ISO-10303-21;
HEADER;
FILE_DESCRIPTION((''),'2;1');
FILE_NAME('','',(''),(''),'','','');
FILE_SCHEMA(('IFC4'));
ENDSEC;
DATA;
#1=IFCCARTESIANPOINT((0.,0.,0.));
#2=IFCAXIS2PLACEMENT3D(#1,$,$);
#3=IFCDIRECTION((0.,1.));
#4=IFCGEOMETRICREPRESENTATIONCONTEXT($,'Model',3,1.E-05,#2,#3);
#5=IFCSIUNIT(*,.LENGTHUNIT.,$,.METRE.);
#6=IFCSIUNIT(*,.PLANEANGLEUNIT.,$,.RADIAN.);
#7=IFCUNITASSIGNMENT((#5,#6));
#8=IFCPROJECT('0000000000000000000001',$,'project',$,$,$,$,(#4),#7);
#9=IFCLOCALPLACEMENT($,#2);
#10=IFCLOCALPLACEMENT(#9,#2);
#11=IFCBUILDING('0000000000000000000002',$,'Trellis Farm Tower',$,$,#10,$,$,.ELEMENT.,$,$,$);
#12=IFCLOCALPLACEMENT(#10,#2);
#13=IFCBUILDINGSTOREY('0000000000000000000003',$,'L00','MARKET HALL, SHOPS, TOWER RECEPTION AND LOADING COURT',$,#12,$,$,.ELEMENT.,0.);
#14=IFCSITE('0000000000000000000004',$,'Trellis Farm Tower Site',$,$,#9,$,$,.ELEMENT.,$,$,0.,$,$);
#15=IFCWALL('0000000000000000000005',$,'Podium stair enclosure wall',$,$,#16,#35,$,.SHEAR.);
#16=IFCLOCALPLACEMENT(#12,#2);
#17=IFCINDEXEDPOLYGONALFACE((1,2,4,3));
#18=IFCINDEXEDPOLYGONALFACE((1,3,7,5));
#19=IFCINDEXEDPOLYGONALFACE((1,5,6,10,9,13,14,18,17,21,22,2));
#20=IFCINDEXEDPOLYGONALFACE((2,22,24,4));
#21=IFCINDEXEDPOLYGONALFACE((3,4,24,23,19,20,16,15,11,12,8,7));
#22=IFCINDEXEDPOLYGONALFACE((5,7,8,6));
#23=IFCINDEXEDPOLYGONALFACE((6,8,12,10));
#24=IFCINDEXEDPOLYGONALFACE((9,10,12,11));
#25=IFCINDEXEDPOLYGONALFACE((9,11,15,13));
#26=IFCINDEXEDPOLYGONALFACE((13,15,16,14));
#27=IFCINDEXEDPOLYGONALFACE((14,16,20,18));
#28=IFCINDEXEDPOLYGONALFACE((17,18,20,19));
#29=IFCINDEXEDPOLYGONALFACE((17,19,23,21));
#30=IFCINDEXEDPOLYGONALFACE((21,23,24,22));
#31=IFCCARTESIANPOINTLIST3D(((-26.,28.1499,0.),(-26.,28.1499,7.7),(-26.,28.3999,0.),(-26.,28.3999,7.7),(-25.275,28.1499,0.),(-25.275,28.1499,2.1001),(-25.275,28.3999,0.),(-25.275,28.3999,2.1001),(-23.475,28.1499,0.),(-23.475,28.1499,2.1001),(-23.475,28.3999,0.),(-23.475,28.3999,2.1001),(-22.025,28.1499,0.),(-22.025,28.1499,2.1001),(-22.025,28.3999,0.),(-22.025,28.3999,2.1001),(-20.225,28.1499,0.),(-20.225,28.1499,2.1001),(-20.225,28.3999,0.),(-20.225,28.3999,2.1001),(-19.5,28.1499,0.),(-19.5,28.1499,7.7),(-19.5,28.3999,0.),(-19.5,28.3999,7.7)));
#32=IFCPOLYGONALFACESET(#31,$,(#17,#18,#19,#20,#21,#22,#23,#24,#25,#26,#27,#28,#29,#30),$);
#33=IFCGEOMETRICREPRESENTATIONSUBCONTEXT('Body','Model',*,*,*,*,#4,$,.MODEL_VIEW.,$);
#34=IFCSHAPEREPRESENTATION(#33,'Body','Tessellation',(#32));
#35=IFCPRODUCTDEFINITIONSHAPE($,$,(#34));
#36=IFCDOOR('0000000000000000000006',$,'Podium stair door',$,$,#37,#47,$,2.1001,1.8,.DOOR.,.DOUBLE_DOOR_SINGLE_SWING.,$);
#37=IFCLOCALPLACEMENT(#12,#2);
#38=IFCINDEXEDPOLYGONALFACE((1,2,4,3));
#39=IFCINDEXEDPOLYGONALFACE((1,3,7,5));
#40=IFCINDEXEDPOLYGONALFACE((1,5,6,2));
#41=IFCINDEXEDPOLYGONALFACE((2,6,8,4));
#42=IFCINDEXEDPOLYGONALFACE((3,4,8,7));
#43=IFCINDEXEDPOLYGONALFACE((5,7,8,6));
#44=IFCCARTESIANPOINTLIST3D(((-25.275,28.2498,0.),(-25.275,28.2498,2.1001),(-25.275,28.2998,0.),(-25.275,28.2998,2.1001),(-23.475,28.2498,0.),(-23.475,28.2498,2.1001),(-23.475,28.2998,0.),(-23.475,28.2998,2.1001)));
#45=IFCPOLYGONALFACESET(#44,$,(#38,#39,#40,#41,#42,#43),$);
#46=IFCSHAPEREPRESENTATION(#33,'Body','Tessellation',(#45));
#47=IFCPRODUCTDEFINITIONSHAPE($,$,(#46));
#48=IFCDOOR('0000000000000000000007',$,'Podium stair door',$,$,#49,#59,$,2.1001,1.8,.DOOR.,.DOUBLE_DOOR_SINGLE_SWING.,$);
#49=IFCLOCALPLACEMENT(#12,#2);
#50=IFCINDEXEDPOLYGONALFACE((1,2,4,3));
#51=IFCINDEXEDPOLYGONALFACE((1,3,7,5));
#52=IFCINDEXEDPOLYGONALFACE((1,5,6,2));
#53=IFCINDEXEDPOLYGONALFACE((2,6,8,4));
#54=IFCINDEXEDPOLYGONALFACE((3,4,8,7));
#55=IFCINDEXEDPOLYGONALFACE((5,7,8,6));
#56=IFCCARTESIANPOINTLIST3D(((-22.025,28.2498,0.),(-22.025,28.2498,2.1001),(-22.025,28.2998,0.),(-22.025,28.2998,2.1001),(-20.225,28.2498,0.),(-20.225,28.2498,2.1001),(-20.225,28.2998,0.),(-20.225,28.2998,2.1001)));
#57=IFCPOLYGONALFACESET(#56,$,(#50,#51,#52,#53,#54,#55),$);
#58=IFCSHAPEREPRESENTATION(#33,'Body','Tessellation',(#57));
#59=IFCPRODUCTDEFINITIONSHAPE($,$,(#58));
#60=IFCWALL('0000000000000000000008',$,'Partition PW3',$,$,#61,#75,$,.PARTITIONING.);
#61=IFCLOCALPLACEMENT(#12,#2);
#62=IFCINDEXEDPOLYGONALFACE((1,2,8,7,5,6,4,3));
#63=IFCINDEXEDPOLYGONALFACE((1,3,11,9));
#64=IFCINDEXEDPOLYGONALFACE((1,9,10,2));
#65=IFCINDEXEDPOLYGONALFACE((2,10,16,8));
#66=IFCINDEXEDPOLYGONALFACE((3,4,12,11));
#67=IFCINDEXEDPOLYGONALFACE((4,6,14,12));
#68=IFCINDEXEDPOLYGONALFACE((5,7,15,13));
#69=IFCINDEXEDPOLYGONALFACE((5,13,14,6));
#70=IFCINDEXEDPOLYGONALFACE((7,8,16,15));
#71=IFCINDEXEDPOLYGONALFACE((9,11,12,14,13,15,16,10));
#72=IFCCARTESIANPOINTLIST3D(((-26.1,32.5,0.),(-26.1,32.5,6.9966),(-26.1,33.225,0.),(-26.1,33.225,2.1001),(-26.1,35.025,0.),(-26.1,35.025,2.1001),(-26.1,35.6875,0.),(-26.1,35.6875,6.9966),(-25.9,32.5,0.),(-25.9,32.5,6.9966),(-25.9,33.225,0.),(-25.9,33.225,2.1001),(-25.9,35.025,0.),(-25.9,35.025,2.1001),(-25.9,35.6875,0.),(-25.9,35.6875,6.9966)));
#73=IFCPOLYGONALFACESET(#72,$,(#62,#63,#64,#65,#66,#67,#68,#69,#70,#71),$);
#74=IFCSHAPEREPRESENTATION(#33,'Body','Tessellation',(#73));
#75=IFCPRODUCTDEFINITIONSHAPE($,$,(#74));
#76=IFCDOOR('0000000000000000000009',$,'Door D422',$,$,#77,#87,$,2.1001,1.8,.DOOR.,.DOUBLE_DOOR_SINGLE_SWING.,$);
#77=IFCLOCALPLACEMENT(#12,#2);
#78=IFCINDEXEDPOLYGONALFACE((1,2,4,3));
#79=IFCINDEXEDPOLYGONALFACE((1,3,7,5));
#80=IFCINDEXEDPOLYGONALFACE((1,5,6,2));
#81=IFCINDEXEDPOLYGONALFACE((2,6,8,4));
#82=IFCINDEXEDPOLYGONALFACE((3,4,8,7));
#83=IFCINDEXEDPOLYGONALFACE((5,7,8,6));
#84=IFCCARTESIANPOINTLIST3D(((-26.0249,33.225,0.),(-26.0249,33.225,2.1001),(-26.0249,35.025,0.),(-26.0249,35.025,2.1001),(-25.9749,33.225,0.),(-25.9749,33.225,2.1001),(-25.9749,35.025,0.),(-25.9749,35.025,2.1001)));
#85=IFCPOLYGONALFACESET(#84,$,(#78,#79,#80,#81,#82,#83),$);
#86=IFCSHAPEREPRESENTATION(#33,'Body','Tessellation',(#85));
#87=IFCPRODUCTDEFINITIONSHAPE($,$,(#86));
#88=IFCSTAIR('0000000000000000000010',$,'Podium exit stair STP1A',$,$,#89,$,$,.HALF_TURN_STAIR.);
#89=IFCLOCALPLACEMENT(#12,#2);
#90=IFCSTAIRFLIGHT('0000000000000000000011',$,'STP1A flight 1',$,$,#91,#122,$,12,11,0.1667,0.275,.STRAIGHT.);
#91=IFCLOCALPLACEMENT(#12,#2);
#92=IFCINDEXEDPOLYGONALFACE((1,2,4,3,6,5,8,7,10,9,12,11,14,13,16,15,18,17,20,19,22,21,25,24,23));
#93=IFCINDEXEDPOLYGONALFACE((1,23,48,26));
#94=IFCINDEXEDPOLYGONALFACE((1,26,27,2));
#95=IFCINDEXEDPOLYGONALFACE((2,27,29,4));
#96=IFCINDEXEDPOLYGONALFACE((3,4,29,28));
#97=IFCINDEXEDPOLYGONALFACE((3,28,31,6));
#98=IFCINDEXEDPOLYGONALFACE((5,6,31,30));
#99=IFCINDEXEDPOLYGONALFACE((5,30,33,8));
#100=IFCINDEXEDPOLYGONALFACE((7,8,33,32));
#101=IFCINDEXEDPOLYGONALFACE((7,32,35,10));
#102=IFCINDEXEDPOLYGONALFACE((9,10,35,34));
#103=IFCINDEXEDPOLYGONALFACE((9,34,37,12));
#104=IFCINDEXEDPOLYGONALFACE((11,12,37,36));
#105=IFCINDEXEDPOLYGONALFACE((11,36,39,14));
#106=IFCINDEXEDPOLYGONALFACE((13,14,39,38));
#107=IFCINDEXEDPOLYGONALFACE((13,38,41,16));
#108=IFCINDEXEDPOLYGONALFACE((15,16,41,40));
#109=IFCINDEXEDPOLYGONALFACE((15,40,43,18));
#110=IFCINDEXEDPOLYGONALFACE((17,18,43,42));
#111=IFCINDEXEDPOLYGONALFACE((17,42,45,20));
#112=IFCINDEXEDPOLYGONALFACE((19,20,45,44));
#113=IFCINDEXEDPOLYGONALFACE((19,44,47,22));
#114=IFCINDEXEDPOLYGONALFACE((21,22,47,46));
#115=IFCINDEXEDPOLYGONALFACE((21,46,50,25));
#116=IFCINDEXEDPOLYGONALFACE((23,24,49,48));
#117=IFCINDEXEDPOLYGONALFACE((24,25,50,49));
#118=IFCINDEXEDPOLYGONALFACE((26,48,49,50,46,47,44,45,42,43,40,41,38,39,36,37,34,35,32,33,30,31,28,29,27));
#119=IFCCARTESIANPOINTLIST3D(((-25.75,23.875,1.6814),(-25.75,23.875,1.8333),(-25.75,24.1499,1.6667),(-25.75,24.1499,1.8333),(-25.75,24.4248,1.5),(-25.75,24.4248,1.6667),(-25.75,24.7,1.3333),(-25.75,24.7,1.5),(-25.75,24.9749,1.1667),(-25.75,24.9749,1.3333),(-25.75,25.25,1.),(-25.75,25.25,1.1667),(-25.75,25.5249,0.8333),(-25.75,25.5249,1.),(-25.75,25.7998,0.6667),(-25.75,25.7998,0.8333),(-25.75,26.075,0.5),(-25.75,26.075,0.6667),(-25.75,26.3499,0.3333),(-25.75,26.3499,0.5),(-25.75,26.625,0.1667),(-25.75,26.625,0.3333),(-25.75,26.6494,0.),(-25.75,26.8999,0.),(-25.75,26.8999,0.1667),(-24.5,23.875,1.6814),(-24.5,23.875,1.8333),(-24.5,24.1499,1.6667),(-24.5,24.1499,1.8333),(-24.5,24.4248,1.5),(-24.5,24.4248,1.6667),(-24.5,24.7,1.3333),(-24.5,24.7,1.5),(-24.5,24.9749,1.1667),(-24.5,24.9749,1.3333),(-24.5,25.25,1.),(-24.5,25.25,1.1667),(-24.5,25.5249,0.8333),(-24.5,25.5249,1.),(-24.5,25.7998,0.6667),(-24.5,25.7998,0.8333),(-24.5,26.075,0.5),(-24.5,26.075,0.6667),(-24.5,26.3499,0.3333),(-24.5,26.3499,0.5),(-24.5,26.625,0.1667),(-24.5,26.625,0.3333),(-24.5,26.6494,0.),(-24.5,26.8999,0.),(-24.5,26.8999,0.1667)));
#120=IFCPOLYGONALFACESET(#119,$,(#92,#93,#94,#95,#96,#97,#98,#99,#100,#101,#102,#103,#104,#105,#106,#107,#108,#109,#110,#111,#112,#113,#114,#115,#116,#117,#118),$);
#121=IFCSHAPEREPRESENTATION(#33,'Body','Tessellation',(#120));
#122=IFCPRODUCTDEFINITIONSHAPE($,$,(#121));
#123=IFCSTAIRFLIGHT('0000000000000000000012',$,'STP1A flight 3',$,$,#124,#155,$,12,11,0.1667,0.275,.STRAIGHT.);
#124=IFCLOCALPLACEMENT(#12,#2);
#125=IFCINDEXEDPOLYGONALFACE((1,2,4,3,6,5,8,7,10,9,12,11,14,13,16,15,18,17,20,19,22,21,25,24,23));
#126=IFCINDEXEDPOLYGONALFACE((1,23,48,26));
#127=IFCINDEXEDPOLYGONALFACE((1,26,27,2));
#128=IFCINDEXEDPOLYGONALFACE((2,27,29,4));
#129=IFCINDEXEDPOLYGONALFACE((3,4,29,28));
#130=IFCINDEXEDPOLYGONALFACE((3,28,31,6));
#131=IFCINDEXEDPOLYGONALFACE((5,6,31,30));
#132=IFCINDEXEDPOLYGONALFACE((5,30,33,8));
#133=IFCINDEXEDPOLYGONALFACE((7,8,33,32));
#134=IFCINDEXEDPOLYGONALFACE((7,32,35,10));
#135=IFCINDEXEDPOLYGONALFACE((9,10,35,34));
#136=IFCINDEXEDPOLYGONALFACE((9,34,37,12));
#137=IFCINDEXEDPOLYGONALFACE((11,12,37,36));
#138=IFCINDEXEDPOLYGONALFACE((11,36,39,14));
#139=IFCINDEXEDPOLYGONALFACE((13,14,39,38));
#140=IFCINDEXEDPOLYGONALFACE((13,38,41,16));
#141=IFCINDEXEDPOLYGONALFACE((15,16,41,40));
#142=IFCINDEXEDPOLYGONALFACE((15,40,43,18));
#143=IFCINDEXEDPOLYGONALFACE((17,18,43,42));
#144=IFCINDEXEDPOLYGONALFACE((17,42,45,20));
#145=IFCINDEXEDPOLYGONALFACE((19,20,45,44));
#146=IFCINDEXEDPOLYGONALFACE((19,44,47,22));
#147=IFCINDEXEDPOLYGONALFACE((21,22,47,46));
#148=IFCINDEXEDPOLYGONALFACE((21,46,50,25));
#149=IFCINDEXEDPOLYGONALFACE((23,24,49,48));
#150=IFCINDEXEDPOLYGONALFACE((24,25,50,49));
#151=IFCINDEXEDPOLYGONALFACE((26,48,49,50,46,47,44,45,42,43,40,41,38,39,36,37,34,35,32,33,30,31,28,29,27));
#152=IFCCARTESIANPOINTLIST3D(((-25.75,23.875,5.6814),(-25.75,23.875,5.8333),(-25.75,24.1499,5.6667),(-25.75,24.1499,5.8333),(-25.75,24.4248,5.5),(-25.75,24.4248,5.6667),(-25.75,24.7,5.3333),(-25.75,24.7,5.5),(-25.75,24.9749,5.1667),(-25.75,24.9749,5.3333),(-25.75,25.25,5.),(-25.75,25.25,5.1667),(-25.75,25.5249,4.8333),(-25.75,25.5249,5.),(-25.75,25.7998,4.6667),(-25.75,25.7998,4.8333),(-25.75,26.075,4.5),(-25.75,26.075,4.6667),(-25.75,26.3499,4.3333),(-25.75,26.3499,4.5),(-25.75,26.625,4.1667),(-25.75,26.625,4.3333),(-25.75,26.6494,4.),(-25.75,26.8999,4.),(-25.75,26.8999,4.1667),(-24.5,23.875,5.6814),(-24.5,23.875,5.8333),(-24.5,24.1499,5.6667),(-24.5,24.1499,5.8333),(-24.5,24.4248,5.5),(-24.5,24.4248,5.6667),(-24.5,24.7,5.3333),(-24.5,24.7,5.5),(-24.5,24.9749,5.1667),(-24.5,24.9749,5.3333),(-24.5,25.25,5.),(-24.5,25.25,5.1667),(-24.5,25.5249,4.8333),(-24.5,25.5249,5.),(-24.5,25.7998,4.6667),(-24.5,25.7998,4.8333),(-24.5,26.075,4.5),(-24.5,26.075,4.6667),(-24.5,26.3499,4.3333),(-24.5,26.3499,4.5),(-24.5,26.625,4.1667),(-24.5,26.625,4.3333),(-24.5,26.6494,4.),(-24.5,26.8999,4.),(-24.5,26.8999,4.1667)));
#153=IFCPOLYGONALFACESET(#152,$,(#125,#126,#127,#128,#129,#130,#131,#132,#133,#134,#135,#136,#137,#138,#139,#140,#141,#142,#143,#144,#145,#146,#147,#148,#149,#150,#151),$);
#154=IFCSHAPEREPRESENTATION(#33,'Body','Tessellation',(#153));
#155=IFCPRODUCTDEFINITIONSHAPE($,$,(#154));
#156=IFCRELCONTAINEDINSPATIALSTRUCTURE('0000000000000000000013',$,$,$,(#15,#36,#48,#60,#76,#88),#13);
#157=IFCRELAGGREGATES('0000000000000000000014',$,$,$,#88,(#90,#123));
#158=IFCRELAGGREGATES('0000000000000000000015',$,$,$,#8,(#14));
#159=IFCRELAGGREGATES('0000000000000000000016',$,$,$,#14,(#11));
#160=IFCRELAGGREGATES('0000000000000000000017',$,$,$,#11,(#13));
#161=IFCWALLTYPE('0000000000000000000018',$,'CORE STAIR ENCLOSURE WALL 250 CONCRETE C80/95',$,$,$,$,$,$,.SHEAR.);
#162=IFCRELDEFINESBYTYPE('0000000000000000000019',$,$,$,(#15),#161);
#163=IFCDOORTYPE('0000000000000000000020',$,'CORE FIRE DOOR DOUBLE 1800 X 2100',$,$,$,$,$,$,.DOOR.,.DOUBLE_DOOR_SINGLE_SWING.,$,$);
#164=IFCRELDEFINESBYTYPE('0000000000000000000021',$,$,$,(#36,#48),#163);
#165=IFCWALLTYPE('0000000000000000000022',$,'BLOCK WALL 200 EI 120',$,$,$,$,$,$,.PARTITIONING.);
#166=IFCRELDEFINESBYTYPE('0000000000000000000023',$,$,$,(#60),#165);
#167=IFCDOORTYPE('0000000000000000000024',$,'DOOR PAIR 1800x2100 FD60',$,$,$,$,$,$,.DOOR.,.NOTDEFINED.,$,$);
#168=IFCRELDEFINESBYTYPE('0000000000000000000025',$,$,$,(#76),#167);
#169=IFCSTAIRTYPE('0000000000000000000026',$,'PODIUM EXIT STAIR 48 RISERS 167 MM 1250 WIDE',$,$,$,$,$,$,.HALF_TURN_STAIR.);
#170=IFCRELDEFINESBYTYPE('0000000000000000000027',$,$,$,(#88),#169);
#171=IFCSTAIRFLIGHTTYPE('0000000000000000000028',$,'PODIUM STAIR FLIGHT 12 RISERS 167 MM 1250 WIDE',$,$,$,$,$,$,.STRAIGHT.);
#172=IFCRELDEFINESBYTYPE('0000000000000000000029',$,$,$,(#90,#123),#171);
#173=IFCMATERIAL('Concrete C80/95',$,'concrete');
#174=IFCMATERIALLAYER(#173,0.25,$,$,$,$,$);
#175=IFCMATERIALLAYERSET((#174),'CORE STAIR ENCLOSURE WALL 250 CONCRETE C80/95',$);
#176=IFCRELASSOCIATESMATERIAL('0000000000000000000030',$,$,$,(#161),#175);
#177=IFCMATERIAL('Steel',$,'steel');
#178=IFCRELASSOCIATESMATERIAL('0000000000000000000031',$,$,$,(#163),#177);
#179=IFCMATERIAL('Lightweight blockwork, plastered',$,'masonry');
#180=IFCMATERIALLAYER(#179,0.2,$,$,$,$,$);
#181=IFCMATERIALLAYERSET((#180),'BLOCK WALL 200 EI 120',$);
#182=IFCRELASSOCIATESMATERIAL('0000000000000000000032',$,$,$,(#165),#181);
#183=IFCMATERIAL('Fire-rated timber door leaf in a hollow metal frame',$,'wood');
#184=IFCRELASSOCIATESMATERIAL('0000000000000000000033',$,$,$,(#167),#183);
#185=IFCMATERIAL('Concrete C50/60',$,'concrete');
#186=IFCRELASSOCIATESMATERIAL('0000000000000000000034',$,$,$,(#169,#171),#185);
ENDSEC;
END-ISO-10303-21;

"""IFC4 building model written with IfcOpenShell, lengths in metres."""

from ifc_helpers import new_model, si_unit, direction, frame, frame_2d, origin, place, context, subcontext, project, spatial, polyline, rectangle, outline, extrude, source, transform, mapped, material, layer, layer_set, type_object, element, fill, aggregate, save


model = new_model("IFC4")

# Units and contexts
model_context = context("Model", 3, precision=1e-05, world=origin(), true_north=direction((0.0, 1.0)))
body_context = subcontext(model_context, "Body", "Model", "MODEL_VIEW")
ifc_project = project(units=[si_unit("LENGTHUNIT", "METRE"), si_unit("PLANEANGLEUNIT", "RADIAN")], contexts=[model_context])

# Site, building, storey
site_placement = place(None, origin())
site = spatial("IfcSite", under=ifc_project, at=site_placement, Name="Trellis Farm Tower Site", CompositionType="ELEMENT", RefElevation=0.0)
building_placement = place(site_placement, origin())
building = spatial("IfcBuilding", under=site, at=building_placement, Name="Trellis Farm Tower", CompositionType="ELEMENT")
storey_placement = place(building_placement, origin())
storey = spatial("IfcBuildingStorey", under=building, at=storey_placement, Name="L00", Description="MARKET HALL, SHOPS, TOWER RECEPTION AND LOADING COURT", CompositionType="ELEMENT", Elevation=0.0)

# Wall, openings, doors
ifc_material_1 = material(Name="Concrete C80/95", Category="concrete")
ifc_layer_1 = layer(ifc_material_1, 0.25)
ifc_layer_set_1 = layer_set([ifc_layer_1], Name="CORE STAIR ENCLOSURE WALL 250 CONCRETE C80/95")
wall_type_1 = type_object("IfcWallType", Name="CORE STAIR ENCLOSURE WALL 250 CONCRETE C80/95", PredefinedType="SHEAR", material=ifc_layer_set_1)
shared_shape_1 = source(origin(), body_context, "Body", "SweptSolid", [
    extrude(rectangle(XDim=6.5, YDim=0.25, at=frame_2d((3.25, 0.0))), origin(), (0.0, 0.0, 1.0), 7.7),
])
wall_1_placement = place(storey_placement, frame((-26.0, 28.2749, 0.0), z_axis=(0.0, 0.0, 1.0), x_axis=(1.0, 0.0, 0.0)))
wall_1 = element("IfcWall", 1, at=wall_1_placement, inside=storey, type_object=wall_type_1, Name="Podium stair enclosure wall", PredefinedType="SHEAR", context=body_context, shape_type="MappedRepresentation", body=[
    mapped(shared_shape_1, transform((0.0, 0.0, 0.0))),
])
shared_shape_2 = source(origin(), body_context, "Body", "SweptSolid", [
    extrude(rectangle(XDim=1.8, YDim=2.1001, at=frame_2d((0.8999, 1.05))), frame((0.0, 0.135, 0.0), z_axis=(0.0, -1.0, 0.0), x_axis=(1.0, 0.0, 0.0)), (0.0, 0.0, 1.0), 0.27),
])
opening_1_placement = place(wall_1_placement, frame((0.7251, 0.0, 0.0)))
opening_1 = element("IfcOpeningElement", 2, at=opening_1_placement, cuts=wall_1, PredefinedType="OPENING", context=body_context, shape_type="MappedRepresentation", body=[
    mapped(shared_shape_2, transform((0.0, 0.0, 0.0))),
])
opening_2_placement = place(wall_1_placement, frame((3.9751, 0.0, 0.0)))
opening_2 = element("IfcOpeningElement", 3, at=opening_2_placement, cuts=wall_1, PredefinedType="OPENING", context=body_context, shape_type="MappedRepresentation", body=[
    mapped(shared_shape_2, transform((0.0, 0.0, 0.0))),
])
ifc_material_2 = material(Name="Steel", Category="steel")
door_type_1 = type_object("IfcDoorType", Name="CORE FIRE DOOR DOUBLE 1800 X 2100", OperationType="DOUBLE_DOOR_SINGLE_SWING", PredefinedType="DOOR", material=ifc_material_2)
shared_shape_3 = source(origin(), body_context, "Body", "SweptSolid", [
    extrude(rectangle(XDim=1.8, YDim=2.1001, at=frame_2d((0.8999, 1.05))), frame((0.0, 0.0249, 0.0), z_axis=(0.0, -1.0, 0.0), x_axis=(1.0, 0.0, 0.0)), (0.0, 0.0, 1.0), 0.05),
])
door_1_placement = place(opening_1_placement, origin())
door_1 = element("IfcDoor", 4, at=door_1_placement, inside=storey, type_object=door_type_1, Name="Podium stair door", OperationType="DOUBLE_DOOR_SINGLE_SWING", OverallHeight=2.1001, OverallWidth=1.8, PredefinedType="DOOR", context=body_context, shape_type="MappedRepresentation", body=[
    mapped(shared_shape_3, transform((0.0, 0.0, 0.0))),
])
fill(opening_1, door_1)
door_2_placement = place(opening_2_placement, origin())
door_2 = element("IfcDoor", 5, at=door_2_placement, inside=storey, type_object=door_type_1, Name="Podium stair door", OperationType="DOUBLE_DOOR_SINGLE_SWING", OverallHeight=2.1001, OverallWidth=1.8, PredefinedType="DOOR", context=body_context, shape_type="MappedRepresentation", body=[
    mapped(shared_shape_3, transform((0.0, 0.0, 0.0))),
])
fill(opening_2, door_2)

# Wall, opening, door
ifc_material_3 = material(Name="Lightweight blockwork, plastered", Category="masonry")
ifc_layer_2 = layer(ifc_material_3, 0.2)
ifc_layer_set_2 = layer_set([ifc_layer_2], Name="BLOCK WALL 200 EI 120")
wall_type_2 = type_object("IfcWallType", Name="BLOCK WALL 200 EI 120", PredefinedType="PARTITIONING", material=ifc_layer_set_2)
shared_shape_4 = source(origin(), body_context, "Body", "SweptSolid", [
    extrude(rectangle(XDim=3.1875, YDim=0.2, at=frame_2d((1.5938, 0.0))), origin(), (0.0, 0.0, 1.0), 6.9966),
])
wall_2_placement = place(storey_placement, frame((-26.0, 32.5, 0.0), z_axis=(0.0, 0.0, 1.0), x_axis=(0.0, 1.0, 0.0)))
wall_2 = element("IfcWall", 6, at=wall_2_placement, inside=storey, type_object=wall_type_2, Name="Partition PW3", PredefinedType="PARTITIONING", context=body_context, shape_type="MappedRepresentation", body=[
    mapped(shared_shape_4, transform((0.0, 0.0, 0.0))),
])
shared_shape_5 = source(origin(), body_context, "Body", "SweptSolid", [
    extrude(rectangle(XDim=1.8, YDim=2.1001, at=frame_2d((0.8999, 1.05))), frame((0.0, 0.1101, 0.0), z_axis=(0.0, -1.0, 0.0), x_axis=(1.0, 0.0, 0.0)), (0.0, 0.0, 1.0), 0.2202),
])
opening_3_placement = place(wall_2_placement, frame((0.7251, 0.0, 0.0)))
opening_3 = element("IfcOpeningElement", 7, at=opening_3_placement, cuts=wall_2, PredefinedType="OPENING", context=body_context, shape_type="MappedRepresentation", body=[
    mapped(shared_shape_5, transform((0.0, 0.0, 0.0))),
])
ifc_material_4 = material(Name="Fire-rated timber door leaf in a hollow metal frame", Category="wood")
door_type_2 = type_object("IfcDoorType", Name="DOOR PAIR 1800x2100 FD60", OperationType="NOTDEFINED", PredefinedType="DOOR", material=ifc_material_4)
door_3_placement = place(opening_3_placement, origin())
door_3 = element("IfcDoor", 8, at=door_3_placement, inside=storey, type_object=door_type_2, Name="Door D422", OperationType="DOUBLE_DOOR_SINGLE_SWING", OverallHeight=2.1001, OverallWidth=1.8, PredefinedType="DOOR", context=body_context, shape_type="MappedRepresentation", body=[
    mapped(shared_shape_3, transform((0.0, 0.0, 0.0))),
])
fill(opening_3, door_3)

# Stair, stair flights
ifc_material_5 = material(Name="Concrete C50/60", Category="concrete")
stair_type = type_object("IfcStairType", Name="PODIUM EXIT STAIR 48 RISERS 167 MM 1250 WIDE", PredefinedType="HALF_TURN_STAIR", material=ifc_material_5)
placement = place(storey_placement, origin())
stair_1 = element("IfcStair", 9, at=placement, inside=storey, type_object=stair_type, Name="Podium exit stair STP1A", PredefinedType="HALF_TURN_STAIR")
stair_flight_type = type_object("IfcStairFlightType", Name="PODIUM STAIR FLIGHT 12 RISERS 167 MM 1250 WIDE", PredefinedType="STRAIGHT", material=ifc_material_5)
shared_shape_6 = source(origin(), body_context, "Body", "SweptSolid", [
    extrude(outline(polyline([(0.0, 0.0), (0.0, 0.1667), (0.2749, 0.1667), (0.2749, 0.3333), (0.55, 0.3333), (0.55, 0.5), (0.825, 0.5), (0.825, 0.6667), (1.1001, 0.6667), (1.1001, 0.8333), (1.375, 0.8333), (1.375, 1.0), (1.6499, 1.0), (1.6499, 1.1667), (1.925, 1.1667), (1.925, 1.3333), (2.2, 1.3333), (2.2, 1.5), (2.4751, 1.5), (2.4751, 1.6667), (2.75, 1.6667), (2.75, 1.8333), (3.0249, 1.8333), (3.0249, 2.0), (3.0249, 1.6814), (0.2505, 0.0), (0.0, 0.0)])), frame((0.0, 0.625, 0.0), z_axis=(0.0, -1.0, 0.0), x_axis=(1.0, 0.0, 0.0)), (0.0, 0.0, 1.0), 1.25),
])
stair_flight_1_placement = place(storey_placement, frame((-25.125, 26.8999, 0.0), z_axis=(0.0, 0.0, 1.0), x_axis=(0.0, -1.0, 0.0)))
stair_flight_1 = element("IfcStairFlight", 10, at=stair_flight_1_placement, type_object=stair_flight_type, Name="STP1A flight 1", NumberOfRisers=12, NumberOfTreads=11, PredefinedType="STRAIGHT", RiserHeight=0.1667, TreadLength=0.275, context=body_context, shape_type="MappedRepresentation", body=[
    mapped(shared_shape_6, transform((0.0, 0.0, 0.0))),
])
stair_flight_2_placement = place(storey_placement, frame((-25.125, 26.8999, 4.0), z_axis=(0.0, 0.0, 1.0), x_axis=(0.0, -1.0, 0.0)))
stair_flight_2 = element("IfcStairFlight", 11, at=stair_flight_2_placement, type_object=stair_flight_type, Name="STP1A flight 3", NumberOfRisers=12, NumberOfTreads=11, PredefinedType="STRAIGHT", RiserHeight=0.1667, TreadLength=0.275, context=body_context, shape_type="MappedRepresentation", body=[
    mapped(shared_shape_6, transform((0.0, 0.0, 0.0))),
])
aggregate(stair_1, [stair_flight_1, stair_flight_2])

save(model, "model.ifc")
